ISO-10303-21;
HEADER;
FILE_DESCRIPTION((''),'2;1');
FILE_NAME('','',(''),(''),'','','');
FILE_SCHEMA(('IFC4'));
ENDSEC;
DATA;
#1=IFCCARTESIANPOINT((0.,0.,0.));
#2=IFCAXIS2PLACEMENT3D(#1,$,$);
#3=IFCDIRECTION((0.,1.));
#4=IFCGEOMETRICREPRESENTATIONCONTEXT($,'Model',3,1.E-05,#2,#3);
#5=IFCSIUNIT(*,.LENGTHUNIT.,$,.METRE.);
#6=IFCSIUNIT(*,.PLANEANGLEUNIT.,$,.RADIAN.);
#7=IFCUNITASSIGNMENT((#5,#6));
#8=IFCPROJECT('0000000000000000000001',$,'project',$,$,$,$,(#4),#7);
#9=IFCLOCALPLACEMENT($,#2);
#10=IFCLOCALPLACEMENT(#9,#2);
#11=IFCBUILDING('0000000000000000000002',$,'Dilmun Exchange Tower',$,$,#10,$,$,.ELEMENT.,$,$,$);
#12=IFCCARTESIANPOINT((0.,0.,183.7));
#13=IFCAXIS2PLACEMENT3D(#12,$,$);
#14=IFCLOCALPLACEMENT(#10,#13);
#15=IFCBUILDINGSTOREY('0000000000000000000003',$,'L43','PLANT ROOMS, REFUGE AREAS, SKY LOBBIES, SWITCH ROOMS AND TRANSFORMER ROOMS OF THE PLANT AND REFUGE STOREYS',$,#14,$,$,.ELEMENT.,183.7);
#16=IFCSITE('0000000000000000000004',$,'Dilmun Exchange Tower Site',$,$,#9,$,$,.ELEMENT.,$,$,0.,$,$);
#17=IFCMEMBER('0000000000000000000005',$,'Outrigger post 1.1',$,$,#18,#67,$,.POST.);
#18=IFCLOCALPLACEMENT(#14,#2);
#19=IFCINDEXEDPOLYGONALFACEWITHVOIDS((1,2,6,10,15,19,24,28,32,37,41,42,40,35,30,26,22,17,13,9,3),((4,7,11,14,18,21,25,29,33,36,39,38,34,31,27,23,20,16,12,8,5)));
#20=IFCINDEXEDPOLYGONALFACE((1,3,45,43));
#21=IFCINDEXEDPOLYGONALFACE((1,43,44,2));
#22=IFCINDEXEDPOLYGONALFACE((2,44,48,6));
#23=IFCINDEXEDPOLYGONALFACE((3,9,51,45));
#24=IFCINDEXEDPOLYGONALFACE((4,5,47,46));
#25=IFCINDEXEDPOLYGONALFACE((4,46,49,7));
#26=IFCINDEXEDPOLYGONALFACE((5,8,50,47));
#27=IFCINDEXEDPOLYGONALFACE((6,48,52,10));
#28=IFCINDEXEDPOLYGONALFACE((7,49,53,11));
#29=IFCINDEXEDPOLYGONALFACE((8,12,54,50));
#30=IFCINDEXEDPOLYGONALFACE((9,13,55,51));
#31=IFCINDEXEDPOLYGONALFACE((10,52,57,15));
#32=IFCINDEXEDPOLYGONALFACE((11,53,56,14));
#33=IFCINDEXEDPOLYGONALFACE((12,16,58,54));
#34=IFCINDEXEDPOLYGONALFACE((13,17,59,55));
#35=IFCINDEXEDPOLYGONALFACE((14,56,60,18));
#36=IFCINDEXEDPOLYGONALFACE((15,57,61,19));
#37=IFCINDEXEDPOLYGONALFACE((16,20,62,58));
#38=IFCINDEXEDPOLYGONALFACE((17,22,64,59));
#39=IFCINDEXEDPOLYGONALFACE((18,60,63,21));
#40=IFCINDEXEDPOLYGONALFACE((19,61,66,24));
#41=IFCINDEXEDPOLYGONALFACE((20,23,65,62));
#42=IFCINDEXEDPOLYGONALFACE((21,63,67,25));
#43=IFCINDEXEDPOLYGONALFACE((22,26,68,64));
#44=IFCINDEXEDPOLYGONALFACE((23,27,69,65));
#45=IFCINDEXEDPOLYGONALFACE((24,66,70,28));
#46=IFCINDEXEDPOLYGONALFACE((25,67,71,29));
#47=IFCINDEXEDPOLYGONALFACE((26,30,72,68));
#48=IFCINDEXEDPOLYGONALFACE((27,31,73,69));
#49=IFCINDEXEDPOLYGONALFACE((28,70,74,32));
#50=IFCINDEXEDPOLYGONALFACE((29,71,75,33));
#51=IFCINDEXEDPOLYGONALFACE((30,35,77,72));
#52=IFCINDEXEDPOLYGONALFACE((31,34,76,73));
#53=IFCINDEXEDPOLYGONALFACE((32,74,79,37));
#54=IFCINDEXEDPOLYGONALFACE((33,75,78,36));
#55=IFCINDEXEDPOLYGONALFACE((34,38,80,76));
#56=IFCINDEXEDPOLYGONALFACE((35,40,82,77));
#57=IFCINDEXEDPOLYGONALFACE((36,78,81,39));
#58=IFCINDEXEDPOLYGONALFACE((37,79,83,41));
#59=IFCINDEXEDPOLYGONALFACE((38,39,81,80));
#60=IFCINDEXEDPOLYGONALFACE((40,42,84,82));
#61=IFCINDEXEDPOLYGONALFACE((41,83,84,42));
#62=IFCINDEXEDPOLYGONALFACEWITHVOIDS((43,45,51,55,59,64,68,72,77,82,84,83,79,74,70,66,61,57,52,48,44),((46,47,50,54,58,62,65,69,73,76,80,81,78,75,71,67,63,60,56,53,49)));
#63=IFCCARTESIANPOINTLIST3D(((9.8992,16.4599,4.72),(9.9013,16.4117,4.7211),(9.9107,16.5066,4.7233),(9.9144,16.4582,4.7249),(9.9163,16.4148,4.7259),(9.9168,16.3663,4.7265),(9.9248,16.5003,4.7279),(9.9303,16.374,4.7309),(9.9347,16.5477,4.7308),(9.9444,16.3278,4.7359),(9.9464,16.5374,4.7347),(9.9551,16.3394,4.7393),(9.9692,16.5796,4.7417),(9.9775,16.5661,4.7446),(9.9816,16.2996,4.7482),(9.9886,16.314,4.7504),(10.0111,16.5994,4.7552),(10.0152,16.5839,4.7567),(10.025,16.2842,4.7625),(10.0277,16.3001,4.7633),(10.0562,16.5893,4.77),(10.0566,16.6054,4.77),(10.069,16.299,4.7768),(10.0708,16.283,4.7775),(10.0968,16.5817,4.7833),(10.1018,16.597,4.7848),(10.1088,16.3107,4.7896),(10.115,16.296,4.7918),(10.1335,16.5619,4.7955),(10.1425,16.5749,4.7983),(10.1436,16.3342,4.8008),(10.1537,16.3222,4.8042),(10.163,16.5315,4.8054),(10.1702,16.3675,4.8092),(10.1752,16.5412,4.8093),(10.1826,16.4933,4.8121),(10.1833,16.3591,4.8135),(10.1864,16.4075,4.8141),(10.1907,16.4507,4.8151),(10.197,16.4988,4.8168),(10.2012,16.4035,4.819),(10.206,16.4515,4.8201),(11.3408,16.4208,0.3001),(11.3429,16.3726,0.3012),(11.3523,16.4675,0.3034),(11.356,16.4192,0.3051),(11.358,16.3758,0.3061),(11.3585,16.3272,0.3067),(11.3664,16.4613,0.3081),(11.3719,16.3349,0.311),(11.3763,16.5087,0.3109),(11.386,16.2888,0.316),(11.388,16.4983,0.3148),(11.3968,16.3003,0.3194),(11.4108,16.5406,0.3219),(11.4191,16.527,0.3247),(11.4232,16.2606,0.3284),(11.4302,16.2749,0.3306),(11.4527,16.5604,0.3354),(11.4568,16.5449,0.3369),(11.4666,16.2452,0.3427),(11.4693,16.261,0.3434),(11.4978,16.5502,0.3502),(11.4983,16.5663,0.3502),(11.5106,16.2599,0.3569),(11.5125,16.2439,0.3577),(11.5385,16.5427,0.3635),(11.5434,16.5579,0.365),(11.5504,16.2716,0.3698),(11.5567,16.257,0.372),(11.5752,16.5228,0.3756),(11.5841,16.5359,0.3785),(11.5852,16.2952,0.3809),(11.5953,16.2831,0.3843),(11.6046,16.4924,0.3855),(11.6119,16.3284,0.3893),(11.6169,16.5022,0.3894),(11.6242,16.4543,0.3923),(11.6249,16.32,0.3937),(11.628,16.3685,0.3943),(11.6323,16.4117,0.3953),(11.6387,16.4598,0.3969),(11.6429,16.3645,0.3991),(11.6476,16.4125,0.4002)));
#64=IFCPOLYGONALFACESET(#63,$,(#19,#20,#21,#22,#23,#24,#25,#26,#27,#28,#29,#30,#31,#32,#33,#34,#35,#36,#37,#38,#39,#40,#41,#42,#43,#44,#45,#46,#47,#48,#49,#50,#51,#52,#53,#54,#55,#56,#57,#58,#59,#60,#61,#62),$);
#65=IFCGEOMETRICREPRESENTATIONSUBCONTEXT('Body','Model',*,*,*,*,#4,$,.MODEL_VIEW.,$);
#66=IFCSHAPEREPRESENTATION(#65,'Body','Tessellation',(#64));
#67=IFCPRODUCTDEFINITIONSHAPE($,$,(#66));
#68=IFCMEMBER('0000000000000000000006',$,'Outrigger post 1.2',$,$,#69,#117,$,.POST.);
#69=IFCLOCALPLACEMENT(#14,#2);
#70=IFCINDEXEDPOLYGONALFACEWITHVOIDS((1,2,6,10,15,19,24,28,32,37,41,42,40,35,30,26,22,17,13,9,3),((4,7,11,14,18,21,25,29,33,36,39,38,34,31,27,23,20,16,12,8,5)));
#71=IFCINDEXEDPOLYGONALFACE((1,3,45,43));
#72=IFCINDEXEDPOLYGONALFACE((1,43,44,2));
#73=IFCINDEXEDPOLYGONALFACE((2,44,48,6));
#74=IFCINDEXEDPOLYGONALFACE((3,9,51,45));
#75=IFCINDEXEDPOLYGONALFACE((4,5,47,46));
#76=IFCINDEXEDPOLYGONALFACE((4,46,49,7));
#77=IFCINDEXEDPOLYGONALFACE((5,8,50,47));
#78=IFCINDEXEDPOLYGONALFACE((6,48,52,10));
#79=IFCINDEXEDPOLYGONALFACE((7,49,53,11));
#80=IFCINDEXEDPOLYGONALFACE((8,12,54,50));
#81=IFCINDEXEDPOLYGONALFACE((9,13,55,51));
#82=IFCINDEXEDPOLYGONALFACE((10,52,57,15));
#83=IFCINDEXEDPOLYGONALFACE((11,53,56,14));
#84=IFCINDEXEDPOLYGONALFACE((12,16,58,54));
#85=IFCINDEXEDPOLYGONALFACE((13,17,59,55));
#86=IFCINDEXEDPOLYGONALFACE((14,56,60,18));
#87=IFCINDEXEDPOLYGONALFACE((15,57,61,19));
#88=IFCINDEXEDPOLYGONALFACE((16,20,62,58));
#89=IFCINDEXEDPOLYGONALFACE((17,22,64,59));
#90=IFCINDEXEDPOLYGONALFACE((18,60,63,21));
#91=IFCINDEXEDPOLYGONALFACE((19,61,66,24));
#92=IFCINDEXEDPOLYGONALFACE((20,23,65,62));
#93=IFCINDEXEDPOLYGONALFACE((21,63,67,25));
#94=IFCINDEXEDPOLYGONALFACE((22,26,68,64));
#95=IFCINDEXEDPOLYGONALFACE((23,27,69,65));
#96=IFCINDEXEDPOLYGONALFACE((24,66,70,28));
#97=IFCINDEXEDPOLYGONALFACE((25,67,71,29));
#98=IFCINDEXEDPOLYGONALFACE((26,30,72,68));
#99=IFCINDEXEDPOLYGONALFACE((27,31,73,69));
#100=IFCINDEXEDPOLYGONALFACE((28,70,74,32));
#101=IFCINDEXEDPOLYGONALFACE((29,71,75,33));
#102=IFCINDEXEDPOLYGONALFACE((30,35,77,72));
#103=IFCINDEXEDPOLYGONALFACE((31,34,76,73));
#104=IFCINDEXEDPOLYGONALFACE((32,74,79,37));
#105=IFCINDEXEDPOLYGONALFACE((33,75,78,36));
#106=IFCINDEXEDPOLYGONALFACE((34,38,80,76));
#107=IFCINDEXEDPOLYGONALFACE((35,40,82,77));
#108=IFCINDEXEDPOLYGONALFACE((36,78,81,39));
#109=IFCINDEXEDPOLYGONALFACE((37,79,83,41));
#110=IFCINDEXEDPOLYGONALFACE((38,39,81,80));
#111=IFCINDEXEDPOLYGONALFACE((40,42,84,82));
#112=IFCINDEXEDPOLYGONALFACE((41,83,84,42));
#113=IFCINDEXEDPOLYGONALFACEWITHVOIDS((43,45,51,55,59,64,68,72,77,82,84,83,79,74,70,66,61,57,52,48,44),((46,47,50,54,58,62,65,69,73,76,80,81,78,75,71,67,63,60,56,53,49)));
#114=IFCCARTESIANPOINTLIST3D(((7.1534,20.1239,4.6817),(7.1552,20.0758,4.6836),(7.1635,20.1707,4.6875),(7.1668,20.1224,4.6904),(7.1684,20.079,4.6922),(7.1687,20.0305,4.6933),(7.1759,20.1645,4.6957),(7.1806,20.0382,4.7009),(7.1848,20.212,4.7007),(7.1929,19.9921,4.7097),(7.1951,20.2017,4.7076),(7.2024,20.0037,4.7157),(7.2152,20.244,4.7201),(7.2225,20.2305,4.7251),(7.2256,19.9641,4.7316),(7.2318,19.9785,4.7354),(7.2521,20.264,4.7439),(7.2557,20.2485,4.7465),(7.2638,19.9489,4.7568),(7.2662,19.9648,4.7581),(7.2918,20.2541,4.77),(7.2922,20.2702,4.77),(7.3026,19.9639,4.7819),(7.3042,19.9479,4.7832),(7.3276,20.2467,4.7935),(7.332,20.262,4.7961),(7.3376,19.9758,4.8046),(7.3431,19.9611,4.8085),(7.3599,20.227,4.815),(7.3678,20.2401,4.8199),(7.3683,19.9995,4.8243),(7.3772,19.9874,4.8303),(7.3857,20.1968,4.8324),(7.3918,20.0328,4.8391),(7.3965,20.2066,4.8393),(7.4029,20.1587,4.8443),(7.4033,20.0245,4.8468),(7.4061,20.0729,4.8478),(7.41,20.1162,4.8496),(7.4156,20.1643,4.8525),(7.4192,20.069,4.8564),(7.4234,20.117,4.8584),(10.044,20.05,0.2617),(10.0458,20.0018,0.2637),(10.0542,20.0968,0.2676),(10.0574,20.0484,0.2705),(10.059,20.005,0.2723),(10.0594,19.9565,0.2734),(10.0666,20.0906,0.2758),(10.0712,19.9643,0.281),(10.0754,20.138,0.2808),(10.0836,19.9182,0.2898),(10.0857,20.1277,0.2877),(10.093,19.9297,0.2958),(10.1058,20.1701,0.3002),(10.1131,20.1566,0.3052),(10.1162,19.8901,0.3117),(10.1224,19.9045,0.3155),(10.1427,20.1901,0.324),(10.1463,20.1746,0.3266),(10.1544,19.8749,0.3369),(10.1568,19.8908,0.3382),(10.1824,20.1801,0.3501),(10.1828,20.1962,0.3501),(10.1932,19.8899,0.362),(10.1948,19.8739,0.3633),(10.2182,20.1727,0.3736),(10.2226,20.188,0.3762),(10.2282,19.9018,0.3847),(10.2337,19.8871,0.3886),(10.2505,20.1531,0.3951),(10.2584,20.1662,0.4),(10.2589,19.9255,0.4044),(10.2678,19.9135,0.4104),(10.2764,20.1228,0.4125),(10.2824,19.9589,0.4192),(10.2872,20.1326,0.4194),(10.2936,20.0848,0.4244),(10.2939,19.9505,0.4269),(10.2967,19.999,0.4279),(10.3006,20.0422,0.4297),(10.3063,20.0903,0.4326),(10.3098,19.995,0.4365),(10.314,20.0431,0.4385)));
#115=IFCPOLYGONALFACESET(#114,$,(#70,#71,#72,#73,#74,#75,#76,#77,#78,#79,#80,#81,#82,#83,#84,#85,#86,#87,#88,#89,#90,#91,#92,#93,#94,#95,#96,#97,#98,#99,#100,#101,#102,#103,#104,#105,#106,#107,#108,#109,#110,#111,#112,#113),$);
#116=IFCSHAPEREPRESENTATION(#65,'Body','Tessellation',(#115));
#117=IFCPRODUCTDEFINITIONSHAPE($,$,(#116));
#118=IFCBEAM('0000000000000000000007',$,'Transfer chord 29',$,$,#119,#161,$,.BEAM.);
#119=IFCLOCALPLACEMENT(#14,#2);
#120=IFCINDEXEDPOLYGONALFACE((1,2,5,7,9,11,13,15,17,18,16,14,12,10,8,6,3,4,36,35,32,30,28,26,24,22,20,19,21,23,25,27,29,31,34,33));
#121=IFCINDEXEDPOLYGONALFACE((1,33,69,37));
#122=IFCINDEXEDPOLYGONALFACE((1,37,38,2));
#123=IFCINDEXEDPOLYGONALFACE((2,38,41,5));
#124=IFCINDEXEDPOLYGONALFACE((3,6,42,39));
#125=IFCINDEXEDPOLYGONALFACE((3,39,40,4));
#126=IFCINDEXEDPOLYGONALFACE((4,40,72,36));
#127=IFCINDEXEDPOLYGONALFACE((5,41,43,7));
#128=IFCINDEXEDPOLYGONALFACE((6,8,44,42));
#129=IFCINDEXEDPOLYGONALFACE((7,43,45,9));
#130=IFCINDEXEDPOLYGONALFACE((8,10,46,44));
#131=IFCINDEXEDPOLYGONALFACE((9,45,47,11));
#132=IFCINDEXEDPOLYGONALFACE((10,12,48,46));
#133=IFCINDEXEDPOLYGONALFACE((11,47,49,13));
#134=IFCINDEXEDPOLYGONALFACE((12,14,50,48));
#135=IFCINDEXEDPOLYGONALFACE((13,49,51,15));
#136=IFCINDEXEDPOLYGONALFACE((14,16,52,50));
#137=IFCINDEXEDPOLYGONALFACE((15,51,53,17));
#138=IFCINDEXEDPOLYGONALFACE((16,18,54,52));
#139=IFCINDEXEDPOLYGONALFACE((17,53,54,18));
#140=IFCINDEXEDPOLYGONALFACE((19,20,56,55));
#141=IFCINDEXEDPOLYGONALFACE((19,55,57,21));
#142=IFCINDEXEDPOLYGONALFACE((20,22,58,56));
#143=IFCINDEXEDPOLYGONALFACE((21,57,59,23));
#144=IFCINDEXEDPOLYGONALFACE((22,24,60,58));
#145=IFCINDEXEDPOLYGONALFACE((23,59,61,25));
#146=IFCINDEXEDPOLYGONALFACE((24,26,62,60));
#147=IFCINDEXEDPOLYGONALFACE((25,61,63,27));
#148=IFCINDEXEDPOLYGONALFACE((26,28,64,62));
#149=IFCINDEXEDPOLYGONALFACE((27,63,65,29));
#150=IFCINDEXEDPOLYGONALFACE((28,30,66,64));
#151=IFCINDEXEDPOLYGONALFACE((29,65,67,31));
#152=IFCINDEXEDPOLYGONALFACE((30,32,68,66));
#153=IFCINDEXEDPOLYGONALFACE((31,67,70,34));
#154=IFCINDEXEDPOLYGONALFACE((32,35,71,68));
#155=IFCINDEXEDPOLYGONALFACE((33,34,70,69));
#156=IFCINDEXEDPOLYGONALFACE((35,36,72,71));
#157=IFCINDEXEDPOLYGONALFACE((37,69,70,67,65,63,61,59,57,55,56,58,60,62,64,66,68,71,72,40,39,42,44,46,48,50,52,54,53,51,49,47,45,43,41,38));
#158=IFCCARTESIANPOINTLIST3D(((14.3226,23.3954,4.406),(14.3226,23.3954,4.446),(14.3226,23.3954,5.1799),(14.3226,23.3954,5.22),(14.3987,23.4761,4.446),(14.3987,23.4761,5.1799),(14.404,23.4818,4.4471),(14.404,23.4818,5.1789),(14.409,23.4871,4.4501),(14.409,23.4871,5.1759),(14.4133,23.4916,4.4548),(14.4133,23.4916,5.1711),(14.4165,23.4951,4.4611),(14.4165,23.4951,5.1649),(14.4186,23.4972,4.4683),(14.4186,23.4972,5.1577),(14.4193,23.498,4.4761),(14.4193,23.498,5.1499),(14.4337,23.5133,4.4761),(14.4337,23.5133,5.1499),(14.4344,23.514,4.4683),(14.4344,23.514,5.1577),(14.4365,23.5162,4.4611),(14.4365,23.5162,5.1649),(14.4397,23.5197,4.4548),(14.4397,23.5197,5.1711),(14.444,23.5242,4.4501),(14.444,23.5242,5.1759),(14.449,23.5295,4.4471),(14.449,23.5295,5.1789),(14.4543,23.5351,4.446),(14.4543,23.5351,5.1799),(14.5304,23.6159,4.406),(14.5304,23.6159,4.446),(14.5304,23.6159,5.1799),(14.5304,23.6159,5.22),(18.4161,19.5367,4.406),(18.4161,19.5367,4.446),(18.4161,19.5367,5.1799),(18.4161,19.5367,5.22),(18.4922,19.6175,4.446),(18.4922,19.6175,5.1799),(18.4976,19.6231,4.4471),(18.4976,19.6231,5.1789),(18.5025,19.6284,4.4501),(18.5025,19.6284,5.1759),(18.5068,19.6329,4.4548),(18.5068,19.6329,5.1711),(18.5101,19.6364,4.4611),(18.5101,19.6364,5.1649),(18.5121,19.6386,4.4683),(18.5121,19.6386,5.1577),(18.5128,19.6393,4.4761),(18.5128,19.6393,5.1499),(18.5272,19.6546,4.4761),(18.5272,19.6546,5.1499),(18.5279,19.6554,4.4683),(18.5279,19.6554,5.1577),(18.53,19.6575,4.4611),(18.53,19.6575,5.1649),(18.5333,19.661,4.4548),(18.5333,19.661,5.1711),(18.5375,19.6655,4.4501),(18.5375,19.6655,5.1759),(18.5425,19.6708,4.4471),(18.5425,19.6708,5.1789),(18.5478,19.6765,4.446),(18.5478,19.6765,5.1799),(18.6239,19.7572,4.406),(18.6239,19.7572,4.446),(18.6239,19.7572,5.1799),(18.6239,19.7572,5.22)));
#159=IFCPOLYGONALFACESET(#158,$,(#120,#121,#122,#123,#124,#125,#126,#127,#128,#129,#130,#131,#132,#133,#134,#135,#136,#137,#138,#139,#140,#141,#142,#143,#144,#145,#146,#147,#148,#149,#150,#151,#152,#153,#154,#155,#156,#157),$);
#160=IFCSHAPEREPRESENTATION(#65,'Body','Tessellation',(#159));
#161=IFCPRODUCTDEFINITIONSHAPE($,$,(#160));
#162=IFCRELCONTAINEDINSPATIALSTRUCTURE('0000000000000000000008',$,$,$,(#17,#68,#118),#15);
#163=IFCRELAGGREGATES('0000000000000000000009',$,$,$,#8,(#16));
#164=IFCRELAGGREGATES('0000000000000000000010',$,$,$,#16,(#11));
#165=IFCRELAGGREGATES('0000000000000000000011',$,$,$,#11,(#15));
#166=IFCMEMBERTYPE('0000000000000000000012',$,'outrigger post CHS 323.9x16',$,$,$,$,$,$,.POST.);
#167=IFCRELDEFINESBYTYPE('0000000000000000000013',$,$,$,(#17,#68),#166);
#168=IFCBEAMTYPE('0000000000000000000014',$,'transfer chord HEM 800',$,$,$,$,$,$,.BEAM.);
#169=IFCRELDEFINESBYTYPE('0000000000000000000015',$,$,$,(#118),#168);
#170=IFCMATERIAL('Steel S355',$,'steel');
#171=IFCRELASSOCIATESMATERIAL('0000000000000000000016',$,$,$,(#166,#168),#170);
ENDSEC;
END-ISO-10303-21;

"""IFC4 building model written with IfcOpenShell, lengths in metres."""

from ifc_helpers import new_model, si_unit, direction, frame, origin, origin_2d, place, context, subcontext, project, spatial, hollow_circle, i_section, extrude, material, material_profile, profile_set, type_object, element, save


model = new_model("IFC4")

# Units and contexts
model_context = context("Model", 3, precision=1e-05, world=origin(), true_north=direction((0.0, 1.0)))
body_context = subcontext(model_context, "Body", "Model", "MODEL_VIEW")
ifc_project = project(units=[si_unit("LENGTHUNIT", "METRE"), si_unit("PLANEANGLEUNIT", "RADIAN")], contexts=[model_context])

# Site, building, storey
site_placement = place(None, origin())
site = spatial("IfcSite", under=ifc_project, at=site_placement, Name="Dilmun Exchange Tower Site", CompositionType="ELEMENT", RefElevation=0.0)
building_placement = place(site_placement, origin())
building = spatial("IfcBuilding", under=site, at=building_placement, Name="Dilmun Exchange Tower", CompositionType="ELEMENT")
storey_placement = place(building_placement, frame((0.0, 0.0, 183.7)))
storey = spatial("IfcBuildingStorey", under=building, at=storey_placement, Name="L43", Description="PLANT ROOMS, REFUGE AREAS, SKY LOBBIES, SWITCH ROOMS AND TRANSFORMER ROOMS OF THE PLANT AND REFUGE STOREYS", CompositionType="ELEMENT", Elevation=183.7)

# Members
ifc_material_1 = material(Name="Steel S355", Category="steel")
ifc_material_profile_1 = material_profile(ifc_material_1, hollow_circle(Radius=0.1619, WallThickness=0.0161, at=origin_2d()), Name="CHS 323.9x16")
ifc_profile_set_1 = profile_set([ifc_material_profile_1], Name="Steel S355")
member_type_1 = type_object("IfcMemberType", Name="outrigger post CHS 323.9x16", PredefinedType="POST", material=ifc_profile_set_1)
member_1_placement = place(storey_placement, frame((10.0522, 16.4436, 4.77), z_axis=(0.310082, -0.008402, -0.950673), x_axis=(0.027086, 0.999633, 0.0)))
element("IfcMember", 1, at=member_1_placement, inside=storey, type_object=member_type_1, Name="Outrigger post 1.1", PredefinedType="POST", context=body_context, shape_type="SweptSolid", body=[
    extrude(hollow_circle(Radius=0.1619, WallThickness=0.0161, at=origin_2d()), origin(), (0.0, 0.0, 1.0), 4.6492),
])
member_2_placement = place(storey_placement, frame((7.2881, 20.1084, 4.77), z_axis=(0.547285, -0.014006, -0.836829), x_axis=(0.025583, 0.999673, 0.0)))
element("IfcMember", 2, at=member_2_placement, inside=storey, type_object=member_type_1, Name="Outrigger post 1.2", PredefinedType="POST", context=body_context, shape_type="SweptSolid", body=[
    extrude(hollow_circle(Radius=0.1619, WallThickness=0.0161, at=origin_2d()), origin(), (0.0, 0.0, 1.0), 5.2817),
])

# Beam
ifc_material_profile_2 = material_profile(ifc_material_1, i_section(OverallWidth=0.303, OverallDepth=0.814, WebThickness=0.021, FlangeThickness=0.04, FilletRadius=0.03, at=origin_2d()), Name="HEM 800")
ifc_profile_set_2 = profile_set([ifc_material_profile_2], Name="Steel S355")
beam_type = type_object("IfcBeamType", Name="transfer chord HEM 800", PredefinedType="BEAM", material=ifc_profile_set_2)
beam_placement = place(storey_placement, frame((18.52, 19.647, 4.813), z_axis=(-0.727674, 0.685924, 0.0), x_axis=(-0.685924, -0.727674, 0.0)))
element("IfcBeam", 3, at=beam_placement, inside=storey, type_object=beam_type, Name="Transfer chord 29", PredefinedType="BEAM", context=body_context, shape_type="SweptSolid", body=[
    extrude(i_section(OverallWidth=0.303, OverallDepth=0.814, WebThickness=0.021, FlangeThickness=0.04, FilletRadius=0.03, at=origin_2d()), origin(), (0.0, 0.0, 1.0), 5.6255),
])

save(model, "model.ifc")
